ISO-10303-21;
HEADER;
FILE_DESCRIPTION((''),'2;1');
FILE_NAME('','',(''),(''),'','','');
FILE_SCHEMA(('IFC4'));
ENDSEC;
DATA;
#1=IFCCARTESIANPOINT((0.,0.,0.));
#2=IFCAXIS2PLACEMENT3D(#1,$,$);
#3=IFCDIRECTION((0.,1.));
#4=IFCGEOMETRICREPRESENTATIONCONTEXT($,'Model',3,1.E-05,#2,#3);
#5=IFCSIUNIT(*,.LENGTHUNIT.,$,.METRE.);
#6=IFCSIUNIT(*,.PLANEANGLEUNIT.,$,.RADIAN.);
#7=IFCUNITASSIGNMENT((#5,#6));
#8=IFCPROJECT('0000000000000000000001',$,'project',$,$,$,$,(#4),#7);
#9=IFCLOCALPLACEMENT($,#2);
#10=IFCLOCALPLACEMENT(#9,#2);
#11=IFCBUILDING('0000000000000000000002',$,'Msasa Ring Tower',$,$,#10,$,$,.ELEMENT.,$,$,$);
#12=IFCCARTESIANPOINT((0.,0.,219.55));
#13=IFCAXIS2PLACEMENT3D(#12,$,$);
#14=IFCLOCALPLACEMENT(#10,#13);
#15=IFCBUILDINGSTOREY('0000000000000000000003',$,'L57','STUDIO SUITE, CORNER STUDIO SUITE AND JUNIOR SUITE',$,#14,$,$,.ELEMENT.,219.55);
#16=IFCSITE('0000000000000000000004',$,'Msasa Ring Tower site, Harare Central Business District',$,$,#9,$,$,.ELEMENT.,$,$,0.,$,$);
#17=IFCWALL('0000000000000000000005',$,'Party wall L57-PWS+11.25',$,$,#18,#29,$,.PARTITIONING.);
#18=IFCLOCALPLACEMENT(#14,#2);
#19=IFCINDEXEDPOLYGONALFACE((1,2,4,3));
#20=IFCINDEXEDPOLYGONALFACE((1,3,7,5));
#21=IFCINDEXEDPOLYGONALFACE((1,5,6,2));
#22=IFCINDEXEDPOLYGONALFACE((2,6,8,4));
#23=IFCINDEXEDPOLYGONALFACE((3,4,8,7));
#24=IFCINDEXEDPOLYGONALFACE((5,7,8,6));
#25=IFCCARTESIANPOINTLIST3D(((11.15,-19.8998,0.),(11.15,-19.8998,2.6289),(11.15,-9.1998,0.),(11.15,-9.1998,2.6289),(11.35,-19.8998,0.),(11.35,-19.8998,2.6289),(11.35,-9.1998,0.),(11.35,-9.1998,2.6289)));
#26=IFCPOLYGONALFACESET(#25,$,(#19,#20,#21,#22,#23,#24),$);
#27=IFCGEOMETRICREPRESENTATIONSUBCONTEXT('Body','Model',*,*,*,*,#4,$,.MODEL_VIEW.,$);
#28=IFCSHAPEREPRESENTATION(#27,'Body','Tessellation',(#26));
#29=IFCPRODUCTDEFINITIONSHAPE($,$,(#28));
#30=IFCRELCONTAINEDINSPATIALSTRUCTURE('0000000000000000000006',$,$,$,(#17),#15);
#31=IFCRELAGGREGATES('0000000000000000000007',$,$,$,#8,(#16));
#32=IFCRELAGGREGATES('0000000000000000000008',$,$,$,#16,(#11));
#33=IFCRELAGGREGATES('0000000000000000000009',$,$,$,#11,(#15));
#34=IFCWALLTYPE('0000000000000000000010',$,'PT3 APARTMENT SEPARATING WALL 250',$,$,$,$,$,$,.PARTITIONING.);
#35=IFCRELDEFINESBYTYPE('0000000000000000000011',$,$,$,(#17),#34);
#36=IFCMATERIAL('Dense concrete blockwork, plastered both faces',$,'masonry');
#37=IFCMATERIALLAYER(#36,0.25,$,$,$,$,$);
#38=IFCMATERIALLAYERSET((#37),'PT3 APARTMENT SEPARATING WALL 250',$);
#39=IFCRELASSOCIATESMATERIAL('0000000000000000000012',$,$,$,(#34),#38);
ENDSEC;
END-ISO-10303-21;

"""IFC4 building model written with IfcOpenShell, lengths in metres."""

from ifc_helpers import new_model, si_unit, direction, frame, frame_2d, origin, place, context, subcontext, project, spatial, rectangle, extrude, material, layer, layer_set, type_object, element, save


model = new_model("IFC4")

# Units and contexts
model_context = context("Model", 3, precision=1e-05, world=origin(), true_north=direction((0.0, 1.0)))
body_context = subcontext(model_context, "Body", "Model", "MODEL_VIEW")
ifc_project = project(units=[si_unit("LENGTHUNIT", "METRE"), si_unit("PLANEANGLEUNIT", "RADIAN")], contexts=[model_context])

# Site, building, storey
site_placement = place(None, origin())
site = spatial("IfcSite", under=ifc_project, at=site_placement, Name="Msasa Ring Tower site, Harare Central Business District", CompositionType="ELEMENT", RefElevation=0.0)
building_placement = place(site_placement, origin())
building = spatial("IfcBuilding", under=site, at=building_placement, Name="Msasa Ring Tower", CompositionType="ELEMENT")
storey_placement = place(building_placement, frame((0.0, 0.0, 219.55)))
storey = spatial("IfcBuildingStorey", under=building, at=storey_placement, Name="L57", Description="STUDIO SUITE, CORNER STUDIO SUITE AND JUNIOR SUITE", CompositionType="ELEMENT", Elevation=219.55)

# Wall
ifc_material_1 = material(Name="Dense concrete blockwork, plastered both faces", Category="masonry")
ifc_layer_1 = layer(ifc_material_1, 0.25)
ifc_layer_set_1 = layer_set([ifc_layer_1], Name="PT3 APARTMENT SEPARATING WALL 250")
wall_type = type_object("IfcWallType", Name="PT3 APARTMENT SEPARATING WALL 250", PredefinedType="PARTITIONING", material=ifc_layer_set_1)
wall_placement = place(storey_placement, frame((11.25, -19.8999, 0.0), z_axis=(0.0, 0.0, 1.0), x_axis=(0.0, 1.0, 0.0)))
element("IfcWall", 1, at=wall_placement, inside=storey, type_object=wall_type, Name="Party wall L57-PWS+11.25", PredefinedType="PARTITIONING", context=body_context, shape_type="SweptSolid", body=[
    extrude(rectangle(XDim=10.7, YDim=0.2, at=frame_2d((5.3501, 0.0))), origin(), (0.0, 0.0, 1.0), 2.6289),
])

save(model, "model.ifc")
